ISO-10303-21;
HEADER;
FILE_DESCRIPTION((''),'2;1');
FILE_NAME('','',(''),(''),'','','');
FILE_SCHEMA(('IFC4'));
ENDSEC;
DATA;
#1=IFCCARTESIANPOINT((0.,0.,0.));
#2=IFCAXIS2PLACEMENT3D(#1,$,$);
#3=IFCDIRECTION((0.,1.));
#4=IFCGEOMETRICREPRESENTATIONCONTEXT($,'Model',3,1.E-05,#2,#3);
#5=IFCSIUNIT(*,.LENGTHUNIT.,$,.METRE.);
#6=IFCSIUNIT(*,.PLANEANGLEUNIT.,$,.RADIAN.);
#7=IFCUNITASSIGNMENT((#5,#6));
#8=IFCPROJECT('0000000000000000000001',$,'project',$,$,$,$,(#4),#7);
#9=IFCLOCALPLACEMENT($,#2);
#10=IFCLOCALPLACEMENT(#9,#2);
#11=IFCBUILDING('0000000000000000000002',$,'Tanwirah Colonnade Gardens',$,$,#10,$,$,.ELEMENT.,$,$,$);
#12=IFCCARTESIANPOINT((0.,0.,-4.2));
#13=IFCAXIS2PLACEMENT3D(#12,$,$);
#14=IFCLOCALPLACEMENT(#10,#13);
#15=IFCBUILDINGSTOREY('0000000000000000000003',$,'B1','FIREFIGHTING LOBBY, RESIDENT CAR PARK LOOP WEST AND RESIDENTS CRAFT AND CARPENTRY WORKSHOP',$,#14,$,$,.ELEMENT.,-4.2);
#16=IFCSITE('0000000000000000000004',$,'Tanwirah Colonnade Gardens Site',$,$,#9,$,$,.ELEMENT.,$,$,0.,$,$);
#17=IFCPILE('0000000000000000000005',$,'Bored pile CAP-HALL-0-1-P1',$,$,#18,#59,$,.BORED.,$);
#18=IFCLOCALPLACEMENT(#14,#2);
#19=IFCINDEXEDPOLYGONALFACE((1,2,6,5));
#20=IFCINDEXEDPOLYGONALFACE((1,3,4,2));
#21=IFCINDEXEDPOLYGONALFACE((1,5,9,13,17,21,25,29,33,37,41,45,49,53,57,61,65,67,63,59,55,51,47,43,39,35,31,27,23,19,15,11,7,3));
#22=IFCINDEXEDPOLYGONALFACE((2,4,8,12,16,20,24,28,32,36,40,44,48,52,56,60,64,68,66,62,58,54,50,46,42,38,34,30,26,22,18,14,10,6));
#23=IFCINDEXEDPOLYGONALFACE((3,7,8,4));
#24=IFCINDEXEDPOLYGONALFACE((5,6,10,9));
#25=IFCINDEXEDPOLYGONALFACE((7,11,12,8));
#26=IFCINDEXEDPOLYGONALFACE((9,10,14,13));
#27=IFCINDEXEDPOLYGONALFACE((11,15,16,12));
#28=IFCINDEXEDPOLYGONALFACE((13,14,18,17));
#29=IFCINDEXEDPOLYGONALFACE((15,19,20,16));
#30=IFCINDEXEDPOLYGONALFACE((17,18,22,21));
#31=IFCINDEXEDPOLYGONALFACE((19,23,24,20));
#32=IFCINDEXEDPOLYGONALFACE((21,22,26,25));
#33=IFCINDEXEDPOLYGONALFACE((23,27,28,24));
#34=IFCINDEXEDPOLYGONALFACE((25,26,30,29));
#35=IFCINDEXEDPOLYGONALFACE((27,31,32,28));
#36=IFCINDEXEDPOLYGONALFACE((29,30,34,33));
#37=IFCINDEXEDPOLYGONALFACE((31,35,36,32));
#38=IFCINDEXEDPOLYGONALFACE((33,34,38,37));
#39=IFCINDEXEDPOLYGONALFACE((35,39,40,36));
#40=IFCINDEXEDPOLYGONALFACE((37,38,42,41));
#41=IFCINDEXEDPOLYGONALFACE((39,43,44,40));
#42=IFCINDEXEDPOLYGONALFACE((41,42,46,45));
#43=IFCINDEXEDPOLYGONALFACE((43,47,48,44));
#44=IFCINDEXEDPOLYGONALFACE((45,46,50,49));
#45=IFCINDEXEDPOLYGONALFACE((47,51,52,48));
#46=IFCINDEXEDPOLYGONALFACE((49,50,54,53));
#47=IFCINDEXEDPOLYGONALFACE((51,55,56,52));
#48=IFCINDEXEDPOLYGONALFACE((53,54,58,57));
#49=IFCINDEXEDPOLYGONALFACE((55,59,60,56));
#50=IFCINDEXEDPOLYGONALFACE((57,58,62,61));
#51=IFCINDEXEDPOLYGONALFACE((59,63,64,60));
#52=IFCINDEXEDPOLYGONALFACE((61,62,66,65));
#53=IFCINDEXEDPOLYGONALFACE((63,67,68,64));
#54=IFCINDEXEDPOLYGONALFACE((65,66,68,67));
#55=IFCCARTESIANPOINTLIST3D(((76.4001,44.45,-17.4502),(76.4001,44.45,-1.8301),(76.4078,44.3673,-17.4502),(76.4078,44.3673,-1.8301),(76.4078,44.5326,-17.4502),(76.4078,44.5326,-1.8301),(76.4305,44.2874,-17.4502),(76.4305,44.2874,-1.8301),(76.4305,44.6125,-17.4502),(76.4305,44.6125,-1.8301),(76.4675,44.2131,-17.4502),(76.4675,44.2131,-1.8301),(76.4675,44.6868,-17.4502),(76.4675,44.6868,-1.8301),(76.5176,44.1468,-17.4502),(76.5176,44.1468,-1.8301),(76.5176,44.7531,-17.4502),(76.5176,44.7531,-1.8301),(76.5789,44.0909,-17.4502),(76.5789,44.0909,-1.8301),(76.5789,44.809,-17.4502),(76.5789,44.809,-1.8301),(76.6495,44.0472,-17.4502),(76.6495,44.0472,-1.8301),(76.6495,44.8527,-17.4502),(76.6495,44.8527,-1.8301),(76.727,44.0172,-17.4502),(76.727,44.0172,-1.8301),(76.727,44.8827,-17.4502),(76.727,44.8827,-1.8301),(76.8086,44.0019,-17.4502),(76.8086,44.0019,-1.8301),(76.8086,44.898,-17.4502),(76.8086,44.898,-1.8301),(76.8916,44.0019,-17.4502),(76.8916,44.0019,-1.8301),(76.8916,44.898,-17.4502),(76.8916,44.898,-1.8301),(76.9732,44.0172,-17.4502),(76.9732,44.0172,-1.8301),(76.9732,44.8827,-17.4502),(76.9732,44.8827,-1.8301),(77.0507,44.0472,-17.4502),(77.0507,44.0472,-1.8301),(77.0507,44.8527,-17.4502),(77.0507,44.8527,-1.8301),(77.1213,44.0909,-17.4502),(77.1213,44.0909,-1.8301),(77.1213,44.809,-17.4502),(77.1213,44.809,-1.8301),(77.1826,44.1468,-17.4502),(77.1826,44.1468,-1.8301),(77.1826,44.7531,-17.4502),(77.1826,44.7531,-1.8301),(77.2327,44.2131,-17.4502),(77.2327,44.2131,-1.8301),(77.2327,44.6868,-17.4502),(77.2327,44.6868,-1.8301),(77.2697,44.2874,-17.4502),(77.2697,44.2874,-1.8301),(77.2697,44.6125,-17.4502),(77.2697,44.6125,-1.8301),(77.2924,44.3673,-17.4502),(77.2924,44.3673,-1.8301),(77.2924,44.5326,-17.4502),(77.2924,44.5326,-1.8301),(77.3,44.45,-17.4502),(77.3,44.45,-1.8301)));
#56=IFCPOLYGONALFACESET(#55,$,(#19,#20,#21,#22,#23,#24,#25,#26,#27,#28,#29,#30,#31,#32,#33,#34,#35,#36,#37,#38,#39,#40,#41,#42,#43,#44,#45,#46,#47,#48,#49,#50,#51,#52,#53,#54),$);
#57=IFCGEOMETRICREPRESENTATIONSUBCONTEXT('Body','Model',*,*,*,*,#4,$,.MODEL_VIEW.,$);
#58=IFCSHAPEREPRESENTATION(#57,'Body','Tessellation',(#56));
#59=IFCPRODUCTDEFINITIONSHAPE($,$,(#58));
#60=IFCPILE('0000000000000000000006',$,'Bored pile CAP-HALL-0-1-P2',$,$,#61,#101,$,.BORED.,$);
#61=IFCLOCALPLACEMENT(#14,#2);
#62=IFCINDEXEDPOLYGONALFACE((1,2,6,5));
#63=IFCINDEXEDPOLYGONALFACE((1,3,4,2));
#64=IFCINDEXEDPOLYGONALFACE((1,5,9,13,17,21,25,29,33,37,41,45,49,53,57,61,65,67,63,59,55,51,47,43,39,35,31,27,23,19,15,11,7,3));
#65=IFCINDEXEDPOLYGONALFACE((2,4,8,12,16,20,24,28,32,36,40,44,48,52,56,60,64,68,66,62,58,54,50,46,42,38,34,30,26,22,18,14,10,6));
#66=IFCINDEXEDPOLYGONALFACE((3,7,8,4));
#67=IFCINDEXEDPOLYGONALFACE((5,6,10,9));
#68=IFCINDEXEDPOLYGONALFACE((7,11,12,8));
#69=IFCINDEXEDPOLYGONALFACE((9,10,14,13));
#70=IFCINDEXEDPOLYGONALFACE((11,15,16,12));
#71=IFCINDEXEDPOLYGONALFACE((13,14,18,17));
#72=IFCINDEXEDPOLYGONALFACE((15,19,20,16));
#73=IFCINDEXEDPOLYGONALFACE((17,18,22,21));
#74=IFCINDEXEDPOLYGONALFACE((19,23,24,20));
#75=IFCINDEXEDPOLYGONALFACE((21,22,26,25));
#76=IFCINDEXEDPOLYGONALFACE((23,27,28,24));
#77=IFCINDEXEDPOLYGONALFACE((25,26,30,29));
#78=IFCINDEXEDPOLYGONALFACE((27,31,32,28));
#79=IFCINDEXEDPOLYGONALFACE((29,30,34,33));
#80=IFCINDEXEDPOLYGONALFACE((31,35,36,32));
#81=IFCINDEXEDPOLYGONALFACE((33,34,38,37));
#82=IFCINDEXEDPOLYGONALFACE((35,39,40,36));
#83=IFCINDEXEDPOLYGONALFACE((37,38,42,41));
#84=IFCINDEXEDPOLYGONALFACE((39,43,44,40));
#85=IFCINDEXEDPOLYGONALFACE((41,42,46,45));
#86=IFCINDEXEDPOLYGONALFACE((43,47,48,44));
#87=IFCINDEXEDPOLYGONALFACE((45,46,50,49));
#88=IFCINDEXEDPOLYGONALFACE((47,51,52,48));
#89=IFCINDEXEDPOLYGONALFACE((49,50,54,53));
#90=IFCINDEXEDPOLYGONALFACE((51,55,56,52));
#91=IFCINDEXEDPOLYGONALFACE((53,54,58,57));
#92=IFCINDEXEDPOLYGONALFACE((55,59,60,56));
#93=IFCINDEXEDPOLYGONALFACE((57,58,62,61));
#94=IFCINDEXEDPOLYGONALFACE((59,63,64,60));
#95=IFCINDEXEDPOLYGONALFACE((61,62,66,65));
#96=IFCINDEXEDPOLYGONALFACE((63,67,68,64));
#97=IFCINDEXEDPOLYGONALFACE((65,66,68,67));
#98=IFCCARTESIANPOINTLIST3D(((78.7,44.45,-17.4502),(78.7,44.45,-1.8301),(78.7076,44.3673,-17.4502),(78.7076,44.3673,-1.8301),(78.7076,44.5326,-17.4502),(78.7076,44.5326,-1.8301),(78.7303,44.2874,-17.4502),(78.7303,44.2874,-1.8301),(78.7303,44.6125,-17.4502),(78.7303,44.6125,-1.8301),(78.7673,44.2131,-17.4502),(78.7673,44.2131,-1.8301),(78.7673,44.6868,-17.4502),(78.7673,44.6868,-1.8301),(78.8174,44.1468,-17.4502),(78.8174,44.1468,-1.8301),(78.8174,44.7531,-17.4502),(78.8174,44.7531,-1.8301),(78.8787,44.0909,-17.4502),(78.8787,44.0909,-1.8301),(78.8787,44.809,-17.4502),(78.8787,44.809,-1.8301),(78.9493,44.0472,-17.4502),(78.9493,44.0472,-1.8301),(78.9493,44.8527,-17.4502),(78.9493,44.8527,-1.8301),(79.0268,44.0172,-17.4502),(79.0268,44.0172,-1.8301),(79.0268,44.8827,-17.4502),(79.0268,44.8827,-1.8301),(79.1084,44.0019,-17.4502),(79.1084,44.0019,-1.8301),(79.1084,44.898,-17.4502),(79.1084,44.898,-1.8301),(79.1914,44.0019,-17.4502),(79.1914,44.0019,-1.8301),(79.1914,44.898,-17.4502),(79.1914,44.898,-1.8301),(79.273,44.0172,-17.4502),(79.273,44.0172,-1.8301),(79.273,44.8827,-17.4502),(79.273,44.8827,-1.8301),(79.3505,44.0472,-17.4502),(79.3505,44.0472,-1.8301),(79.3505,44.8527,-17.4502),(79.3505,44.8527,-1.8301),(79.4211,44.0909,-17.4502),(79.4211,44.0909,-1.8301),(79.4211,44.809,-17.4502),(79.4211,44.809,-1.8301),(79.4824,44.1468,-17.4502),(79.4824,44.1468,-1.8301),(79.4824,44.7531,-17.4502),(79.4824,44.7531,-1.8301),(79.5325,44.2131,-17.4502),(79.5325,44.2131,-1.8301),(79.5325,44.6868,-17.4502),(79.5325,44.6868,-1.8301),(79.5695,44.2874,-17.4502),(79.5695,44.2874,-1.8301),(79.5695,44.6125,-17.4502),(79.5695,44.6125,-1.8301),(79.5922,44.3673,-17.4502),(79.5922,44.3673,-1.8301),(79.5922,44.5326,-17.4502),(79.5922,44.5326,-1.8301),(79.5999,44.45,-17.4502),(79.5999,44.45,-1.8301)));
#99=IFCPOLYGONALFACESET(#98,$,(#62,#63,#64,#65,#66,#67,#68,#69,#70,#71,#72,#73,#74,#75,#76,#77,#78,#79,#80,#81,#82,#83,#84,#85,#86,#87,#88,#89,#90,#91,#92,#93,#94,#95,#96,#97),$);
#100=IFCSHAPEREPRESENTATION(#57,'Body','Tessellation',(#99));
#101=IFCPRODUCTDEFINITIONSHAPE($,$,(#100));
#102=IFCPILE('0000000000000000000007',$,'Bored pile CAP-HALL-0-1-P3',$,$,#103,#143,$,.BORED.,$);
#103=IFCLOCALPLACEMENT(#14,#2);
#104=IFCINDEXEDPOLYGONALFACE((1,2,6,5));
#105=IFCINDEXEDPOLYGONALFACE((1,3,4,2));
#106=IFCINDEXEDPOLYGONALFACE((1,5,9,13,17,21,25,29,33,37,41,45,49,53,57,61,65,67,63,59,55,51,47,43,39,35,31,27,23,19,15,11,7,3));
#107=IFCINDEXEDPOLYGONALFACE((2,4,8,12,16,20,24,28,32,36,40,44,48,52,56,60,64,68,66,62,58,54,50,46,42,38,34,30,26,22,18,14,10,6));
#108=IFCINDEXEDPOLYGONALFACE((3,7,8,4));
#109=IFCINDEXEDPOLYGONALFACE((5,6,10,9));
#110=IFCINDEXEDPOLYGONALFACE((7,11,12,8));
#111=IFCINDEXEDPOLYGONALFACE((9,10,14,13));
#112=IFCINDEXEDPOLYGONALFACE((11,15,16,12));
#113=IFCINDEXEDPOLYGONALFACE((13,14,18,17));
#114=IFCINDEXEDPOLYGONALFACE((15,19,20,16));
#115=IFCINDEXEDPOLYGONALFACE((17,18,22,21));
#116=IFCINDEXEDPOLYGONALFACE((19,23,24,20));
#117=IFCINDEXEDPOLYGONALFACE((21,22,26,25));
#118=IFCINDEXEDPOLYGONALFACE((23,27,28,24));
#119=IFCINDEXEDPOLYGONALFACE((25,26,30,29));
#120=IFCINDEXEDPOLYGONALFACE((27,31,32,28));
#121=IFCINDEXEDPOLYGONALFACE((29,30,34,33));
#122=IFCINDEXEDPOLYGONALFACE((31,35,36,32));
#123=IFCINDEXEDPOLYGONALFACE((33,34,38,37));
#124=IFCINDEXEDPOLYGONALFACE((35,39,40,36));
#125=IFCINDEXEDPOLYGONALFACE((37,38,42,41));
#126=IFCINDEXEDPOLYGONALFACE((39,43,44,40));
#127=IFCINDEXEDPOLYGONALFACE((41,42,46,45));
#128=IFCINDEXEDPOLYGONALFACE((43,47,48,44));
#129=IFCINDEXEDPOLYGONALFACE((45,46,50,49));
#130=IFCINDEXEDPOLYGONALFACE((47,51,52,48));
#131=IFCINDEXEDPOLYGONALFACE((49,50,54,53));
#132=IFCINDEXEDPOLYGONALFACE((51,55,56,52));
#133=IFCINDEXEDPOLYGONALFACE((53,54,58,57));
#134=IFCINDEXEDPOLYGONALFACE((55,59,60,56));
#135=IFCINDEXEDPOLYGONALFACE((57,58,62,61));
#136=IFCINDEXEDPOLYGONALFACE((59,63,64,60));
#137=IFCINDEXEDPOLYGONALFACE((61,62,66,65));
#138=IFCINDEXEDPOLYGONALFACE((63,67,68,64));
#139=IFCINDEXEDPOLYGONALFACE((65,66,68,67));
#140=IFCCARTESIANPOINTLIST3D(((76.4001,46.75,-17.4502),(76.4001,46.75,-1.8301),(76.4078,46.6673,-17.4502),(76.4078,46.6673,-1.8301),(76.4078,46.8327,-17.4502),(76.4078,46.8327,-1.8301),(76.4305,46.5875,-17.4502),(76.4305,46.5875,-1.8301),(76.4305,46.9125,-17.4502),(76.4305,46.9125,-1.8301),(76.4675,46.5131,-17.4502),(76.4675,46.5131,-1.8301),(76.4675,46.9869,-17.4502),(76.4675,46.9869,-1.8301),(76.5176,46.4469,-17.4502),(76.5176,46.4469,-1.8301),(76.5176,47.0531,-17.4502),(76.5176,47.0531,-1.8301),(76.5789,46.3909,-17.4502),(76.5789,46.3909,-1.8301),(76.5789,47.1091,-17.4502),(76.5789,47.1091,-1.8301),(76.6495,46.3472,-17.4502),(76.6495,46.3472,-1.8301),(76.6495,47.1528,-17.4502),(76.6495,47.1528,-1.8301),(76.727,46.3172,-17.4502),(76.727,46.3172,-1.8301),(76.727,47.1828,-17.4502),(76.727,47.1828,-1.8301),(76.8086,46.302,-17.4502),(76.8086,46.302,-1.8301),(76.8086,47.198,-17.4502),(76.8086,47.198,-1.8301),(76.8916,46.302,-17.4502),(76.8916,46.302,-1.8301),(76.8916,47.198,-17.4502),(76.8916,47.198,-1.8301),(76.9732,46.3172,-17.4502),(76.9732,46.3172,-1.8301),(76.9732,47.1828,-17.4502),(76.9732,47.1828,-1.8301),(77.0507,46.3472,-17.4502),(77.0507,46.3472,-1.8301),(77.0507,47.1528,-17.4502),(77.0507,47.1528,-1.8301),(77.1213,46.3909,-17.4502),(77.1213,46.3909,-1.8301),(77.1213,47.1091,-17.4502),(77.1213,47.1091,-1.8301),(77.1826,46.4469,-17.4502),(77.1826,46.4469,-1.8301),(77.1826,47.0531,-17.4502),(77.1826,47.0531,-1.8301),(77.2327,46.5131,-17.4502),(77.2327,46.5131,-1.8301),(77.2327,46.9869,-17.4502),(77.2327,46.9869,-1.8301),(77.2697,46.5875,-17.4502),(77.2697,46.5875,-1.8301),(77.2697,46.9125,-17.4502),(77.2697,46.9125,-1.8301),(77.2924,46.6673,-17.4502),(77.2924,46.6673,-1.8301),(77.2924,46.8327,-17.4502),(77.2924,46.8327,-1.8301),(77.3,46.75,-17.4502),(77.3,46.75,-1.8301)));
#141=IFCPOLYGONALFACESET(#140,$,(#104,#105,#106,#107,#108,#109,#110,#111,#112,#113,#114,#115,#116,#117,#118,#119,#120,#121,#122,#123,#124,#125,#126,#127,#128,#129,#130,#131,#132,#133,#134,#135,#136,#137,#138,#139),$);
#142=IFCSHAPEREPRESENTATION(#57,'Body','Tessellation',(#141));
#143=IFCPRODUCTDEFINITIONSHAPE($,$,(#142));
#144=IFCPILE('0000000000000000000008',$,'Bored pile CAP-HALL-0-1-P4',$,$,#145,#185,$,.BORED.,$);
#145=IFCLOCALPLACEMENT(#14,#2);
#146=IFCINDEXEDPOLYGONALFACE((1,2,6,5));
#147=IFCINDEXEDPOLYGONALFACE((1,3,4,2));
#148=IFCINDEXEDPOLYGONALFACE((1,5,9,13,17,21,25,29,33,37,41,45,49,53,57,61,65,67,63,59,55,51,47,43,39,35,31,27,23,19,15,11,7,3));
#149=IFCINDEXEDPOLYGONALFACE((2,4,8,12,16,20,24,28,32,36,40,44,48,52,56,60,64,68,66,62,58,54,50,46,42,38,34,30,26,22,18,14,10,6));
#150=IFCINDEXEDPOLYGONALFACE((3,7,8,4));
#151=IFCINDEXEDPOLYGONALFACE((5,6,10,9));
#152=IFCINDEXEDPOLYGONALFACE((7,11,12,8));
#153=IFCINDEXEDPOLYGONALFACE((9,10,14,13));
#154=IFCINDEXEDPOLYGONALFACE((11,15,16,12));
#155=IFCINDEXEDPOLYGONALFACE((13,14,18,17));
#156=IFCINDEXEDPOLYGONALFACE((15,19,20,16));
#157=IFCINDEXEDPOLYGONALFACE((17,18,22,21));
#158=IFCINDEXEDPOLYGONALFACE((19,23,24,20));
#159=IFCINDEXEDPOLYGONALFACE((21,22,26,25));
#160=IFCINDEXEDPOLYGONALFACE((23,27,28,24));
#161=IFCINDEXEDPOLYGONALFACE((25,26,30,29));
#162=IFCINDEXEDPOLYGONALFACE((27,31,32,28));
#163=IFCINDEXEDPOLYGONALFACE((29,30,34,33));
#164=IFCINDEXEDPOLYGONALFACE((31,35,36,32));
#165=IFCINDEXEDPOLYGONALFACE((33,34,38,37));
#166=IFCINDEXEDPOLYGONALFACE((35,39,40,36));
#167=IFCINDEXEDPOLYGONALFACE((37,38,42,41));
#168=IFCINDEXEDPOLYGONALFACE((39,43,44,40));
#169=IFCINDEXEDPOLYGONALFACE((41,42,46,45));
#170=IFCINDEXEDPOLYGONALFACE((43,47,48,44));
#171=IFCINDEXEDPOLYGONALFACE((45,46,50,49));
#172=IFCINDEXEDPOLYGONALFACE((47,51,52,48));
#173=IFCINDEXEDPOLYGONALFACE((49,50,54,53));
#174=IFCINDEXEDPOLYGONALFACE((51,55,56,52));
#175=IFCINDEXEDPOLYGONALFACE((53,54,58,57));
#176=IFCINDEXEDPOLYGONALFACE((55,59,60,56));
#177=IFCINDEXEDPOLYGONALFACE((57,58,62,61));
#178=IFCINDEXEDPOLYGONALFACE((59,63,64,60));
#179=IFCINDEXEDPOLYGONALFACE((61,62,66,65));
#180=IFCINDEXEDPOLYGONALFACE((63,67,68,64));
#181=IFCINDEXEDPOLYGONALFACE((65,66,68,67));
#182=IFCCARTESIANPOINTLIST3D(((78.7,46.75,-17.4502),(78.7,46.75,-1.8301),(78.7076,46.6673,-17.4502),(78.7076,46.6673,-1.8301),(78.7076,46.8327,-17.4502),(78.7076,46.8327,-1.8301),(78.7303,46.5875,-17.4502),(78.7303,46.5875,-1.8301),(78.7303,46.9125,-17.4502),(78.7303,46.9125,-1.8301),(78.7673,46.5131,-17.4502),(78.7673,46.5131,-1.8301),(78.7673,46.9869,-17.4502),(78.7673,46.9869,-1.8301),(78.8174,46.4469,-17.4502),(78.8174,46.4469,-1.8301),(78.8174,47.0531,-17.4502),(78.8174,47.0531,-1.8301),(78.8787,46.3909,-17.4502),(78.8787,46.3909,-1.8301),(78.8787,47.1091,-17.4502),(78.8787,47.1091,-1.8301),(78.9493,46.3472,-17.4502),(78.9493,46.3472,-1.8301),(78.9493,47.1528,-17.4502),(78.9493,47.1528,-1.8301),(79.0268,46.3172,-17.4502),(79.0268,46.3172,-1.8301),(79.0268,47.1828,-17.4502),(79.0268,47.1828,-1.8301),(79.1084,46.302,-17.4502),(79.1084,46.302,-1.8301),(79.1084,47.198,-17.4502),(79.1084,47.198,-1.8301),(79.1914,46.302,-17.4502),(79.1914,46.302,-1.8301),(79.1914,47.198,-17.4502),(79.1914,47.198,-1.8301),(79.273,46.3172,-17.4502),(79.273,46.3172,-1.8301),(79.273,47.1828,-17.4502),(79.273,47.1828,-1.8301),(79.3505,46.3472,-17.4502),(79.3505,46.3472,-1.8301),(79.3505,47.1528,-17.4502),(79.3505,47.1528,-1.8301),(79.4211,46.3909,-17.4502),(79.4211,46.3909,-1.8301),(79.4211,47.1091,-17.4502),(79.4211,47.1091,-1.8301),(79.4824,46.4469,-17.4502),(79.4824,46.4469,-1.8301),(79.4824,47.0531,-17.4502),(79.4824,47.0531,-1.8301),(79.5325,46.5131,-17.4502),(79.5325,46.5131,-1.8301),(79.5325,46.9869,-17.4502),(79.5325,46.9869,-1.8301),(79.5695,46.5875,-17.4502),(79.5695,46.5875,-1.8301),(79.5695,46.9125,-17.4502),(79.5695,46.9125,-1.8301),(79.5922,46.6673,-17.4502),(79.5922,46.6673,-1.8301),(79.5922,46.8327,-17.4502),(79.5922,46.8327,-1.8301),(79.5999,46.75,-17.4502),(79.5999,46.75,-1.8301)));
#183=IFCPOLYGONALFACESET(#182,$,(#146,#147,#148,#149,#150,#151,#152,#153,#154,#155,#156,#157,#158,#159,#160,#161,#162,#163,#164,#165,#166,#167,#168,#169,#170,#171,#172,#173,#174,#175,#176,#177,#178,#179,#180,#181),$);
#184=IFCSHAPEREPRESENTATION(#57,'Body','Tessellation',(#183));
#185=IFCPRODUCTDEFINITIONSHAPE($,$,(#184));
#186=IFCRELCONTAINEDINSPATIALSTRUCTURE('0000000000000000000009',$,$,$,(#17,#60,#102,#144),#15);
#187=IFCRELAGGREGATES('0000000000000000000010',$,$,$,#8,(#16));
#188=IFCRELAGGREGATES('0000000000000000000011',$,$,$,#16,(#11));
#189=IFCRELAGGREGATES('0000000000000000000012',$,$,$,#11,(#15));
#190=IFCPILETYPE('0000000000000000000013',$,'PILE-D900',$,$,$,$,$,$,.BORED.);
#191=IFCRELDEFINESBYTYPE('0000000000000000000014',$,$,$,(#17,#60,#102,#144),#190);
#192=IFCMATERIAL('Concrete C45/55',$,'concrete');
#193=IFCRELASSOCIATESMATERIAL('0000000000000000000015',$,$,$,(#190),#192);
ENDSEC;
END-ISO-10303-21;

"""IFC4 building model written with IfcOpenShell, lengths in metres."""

from ifc_helpers import new_model, si_unit, direction, frame, origin, origin_2d, place, context, subcontext, project, spatial, circle, extrude, material, material_profile, profile_set, type_object, element, save


model = new_model("IFC4")

# Units and contexts
model_context = context("Model", 3, precision=1e-05, world=origin(), true_north=direction((0.0, 1.0)))
body_context = subcontext(model_context, "Body", "Model", "MODEL_VIEW")
ifc_project = project(units=[si_unit("LENGTHUNIT", "METRE"), si_unit("PLANEANGLEUNIT", "RADIAN")], contexts=[model_context])

# Site, building, storey
site_placement = place(None, origin())
site = spatial("IfcSite", under=ifc_project, at=site_placement, Name="Tanwirah Colonnade Gardens Site", CompositionType="ELEMENT", RefElevation=0.0)
building_placement = place(site_placement, origin())
building = spatial("IfcBuilding", under=site, at=building_placement, Name="Tanwirah Colonnade Gardens", CompositionType="ELEMENT")
storey_placement = place(building_placement, frame((0.0, 0.0, -4.2)))
storey = spatial("IfcBuildingStorey", under=building, at=storey_placement, Name="B1", Description="FIREFIGHTING LOBBY, RESIDENT CAR PARK LOOP WEST AND RESIDENTS CRAFT AND CARPENTRY WORKSHOP", CompositionType="ELEMENT", Elevation=-4.2)

# Shared definitions
ifc_material = material(Name="Concrete C45/55", Category="concrete")

# Piles
ifc_material_profile_1 = material_profile(ifc_material, circle(Radius=0.45, at=origin_2d()), Name="PILE D900")
ifc_profile_set_1 = profile_set([ifc_material_profile_1], Name="Concrete C45/55")
pile_type_1 = type_object("IfcPileType", Name="PILE-D900", PredefinedType="BORED", material=ifc_profile_set_1)
for number, where, z_axis, x_axis, name in (
    (1, (76.8501, 44.45, -1.8301), (0.0, 0.0, -1.0), (1.0, 0.0, 0.0), "Bored pile CAP-HALL-0-1-P1"),
    (2, (79.1499, 44.45, -1.8301), (0.0, 0.0, -1.0), (1.0, 0.0, 0.0), "Bored pile CAP-HALL-0-1-P2"),
    (3, (76.8501, 46.75, -1.8301), (0.0, 0.0, -1.0), (1.0, 0.0, 0.0), "Bored pile CAP-HALL-0-1-P3"),
    (4, (79.1499, 46.75, -1.8301), (0.0, 0.0, -1.0), (1.0, 0.0, 0.0), "Bored pile CAP-HALL-0-1-P4"),
):
    element("IfcPile", number, at=place(storey_placement, frame(where, z_axis=z_axis, x_axis=x_axis)), inside=storey, type_object=pile_type_1, Name=name, PredefinedType="BORED", context=body_context, shape_type="SweptSolid", body=[
        extrude(circle(Radius=0.45, at=origin_2d()), origin(), (0.0, 0.0, 1.0), 15.6201),
    ])

save(model, "model.ifc")
